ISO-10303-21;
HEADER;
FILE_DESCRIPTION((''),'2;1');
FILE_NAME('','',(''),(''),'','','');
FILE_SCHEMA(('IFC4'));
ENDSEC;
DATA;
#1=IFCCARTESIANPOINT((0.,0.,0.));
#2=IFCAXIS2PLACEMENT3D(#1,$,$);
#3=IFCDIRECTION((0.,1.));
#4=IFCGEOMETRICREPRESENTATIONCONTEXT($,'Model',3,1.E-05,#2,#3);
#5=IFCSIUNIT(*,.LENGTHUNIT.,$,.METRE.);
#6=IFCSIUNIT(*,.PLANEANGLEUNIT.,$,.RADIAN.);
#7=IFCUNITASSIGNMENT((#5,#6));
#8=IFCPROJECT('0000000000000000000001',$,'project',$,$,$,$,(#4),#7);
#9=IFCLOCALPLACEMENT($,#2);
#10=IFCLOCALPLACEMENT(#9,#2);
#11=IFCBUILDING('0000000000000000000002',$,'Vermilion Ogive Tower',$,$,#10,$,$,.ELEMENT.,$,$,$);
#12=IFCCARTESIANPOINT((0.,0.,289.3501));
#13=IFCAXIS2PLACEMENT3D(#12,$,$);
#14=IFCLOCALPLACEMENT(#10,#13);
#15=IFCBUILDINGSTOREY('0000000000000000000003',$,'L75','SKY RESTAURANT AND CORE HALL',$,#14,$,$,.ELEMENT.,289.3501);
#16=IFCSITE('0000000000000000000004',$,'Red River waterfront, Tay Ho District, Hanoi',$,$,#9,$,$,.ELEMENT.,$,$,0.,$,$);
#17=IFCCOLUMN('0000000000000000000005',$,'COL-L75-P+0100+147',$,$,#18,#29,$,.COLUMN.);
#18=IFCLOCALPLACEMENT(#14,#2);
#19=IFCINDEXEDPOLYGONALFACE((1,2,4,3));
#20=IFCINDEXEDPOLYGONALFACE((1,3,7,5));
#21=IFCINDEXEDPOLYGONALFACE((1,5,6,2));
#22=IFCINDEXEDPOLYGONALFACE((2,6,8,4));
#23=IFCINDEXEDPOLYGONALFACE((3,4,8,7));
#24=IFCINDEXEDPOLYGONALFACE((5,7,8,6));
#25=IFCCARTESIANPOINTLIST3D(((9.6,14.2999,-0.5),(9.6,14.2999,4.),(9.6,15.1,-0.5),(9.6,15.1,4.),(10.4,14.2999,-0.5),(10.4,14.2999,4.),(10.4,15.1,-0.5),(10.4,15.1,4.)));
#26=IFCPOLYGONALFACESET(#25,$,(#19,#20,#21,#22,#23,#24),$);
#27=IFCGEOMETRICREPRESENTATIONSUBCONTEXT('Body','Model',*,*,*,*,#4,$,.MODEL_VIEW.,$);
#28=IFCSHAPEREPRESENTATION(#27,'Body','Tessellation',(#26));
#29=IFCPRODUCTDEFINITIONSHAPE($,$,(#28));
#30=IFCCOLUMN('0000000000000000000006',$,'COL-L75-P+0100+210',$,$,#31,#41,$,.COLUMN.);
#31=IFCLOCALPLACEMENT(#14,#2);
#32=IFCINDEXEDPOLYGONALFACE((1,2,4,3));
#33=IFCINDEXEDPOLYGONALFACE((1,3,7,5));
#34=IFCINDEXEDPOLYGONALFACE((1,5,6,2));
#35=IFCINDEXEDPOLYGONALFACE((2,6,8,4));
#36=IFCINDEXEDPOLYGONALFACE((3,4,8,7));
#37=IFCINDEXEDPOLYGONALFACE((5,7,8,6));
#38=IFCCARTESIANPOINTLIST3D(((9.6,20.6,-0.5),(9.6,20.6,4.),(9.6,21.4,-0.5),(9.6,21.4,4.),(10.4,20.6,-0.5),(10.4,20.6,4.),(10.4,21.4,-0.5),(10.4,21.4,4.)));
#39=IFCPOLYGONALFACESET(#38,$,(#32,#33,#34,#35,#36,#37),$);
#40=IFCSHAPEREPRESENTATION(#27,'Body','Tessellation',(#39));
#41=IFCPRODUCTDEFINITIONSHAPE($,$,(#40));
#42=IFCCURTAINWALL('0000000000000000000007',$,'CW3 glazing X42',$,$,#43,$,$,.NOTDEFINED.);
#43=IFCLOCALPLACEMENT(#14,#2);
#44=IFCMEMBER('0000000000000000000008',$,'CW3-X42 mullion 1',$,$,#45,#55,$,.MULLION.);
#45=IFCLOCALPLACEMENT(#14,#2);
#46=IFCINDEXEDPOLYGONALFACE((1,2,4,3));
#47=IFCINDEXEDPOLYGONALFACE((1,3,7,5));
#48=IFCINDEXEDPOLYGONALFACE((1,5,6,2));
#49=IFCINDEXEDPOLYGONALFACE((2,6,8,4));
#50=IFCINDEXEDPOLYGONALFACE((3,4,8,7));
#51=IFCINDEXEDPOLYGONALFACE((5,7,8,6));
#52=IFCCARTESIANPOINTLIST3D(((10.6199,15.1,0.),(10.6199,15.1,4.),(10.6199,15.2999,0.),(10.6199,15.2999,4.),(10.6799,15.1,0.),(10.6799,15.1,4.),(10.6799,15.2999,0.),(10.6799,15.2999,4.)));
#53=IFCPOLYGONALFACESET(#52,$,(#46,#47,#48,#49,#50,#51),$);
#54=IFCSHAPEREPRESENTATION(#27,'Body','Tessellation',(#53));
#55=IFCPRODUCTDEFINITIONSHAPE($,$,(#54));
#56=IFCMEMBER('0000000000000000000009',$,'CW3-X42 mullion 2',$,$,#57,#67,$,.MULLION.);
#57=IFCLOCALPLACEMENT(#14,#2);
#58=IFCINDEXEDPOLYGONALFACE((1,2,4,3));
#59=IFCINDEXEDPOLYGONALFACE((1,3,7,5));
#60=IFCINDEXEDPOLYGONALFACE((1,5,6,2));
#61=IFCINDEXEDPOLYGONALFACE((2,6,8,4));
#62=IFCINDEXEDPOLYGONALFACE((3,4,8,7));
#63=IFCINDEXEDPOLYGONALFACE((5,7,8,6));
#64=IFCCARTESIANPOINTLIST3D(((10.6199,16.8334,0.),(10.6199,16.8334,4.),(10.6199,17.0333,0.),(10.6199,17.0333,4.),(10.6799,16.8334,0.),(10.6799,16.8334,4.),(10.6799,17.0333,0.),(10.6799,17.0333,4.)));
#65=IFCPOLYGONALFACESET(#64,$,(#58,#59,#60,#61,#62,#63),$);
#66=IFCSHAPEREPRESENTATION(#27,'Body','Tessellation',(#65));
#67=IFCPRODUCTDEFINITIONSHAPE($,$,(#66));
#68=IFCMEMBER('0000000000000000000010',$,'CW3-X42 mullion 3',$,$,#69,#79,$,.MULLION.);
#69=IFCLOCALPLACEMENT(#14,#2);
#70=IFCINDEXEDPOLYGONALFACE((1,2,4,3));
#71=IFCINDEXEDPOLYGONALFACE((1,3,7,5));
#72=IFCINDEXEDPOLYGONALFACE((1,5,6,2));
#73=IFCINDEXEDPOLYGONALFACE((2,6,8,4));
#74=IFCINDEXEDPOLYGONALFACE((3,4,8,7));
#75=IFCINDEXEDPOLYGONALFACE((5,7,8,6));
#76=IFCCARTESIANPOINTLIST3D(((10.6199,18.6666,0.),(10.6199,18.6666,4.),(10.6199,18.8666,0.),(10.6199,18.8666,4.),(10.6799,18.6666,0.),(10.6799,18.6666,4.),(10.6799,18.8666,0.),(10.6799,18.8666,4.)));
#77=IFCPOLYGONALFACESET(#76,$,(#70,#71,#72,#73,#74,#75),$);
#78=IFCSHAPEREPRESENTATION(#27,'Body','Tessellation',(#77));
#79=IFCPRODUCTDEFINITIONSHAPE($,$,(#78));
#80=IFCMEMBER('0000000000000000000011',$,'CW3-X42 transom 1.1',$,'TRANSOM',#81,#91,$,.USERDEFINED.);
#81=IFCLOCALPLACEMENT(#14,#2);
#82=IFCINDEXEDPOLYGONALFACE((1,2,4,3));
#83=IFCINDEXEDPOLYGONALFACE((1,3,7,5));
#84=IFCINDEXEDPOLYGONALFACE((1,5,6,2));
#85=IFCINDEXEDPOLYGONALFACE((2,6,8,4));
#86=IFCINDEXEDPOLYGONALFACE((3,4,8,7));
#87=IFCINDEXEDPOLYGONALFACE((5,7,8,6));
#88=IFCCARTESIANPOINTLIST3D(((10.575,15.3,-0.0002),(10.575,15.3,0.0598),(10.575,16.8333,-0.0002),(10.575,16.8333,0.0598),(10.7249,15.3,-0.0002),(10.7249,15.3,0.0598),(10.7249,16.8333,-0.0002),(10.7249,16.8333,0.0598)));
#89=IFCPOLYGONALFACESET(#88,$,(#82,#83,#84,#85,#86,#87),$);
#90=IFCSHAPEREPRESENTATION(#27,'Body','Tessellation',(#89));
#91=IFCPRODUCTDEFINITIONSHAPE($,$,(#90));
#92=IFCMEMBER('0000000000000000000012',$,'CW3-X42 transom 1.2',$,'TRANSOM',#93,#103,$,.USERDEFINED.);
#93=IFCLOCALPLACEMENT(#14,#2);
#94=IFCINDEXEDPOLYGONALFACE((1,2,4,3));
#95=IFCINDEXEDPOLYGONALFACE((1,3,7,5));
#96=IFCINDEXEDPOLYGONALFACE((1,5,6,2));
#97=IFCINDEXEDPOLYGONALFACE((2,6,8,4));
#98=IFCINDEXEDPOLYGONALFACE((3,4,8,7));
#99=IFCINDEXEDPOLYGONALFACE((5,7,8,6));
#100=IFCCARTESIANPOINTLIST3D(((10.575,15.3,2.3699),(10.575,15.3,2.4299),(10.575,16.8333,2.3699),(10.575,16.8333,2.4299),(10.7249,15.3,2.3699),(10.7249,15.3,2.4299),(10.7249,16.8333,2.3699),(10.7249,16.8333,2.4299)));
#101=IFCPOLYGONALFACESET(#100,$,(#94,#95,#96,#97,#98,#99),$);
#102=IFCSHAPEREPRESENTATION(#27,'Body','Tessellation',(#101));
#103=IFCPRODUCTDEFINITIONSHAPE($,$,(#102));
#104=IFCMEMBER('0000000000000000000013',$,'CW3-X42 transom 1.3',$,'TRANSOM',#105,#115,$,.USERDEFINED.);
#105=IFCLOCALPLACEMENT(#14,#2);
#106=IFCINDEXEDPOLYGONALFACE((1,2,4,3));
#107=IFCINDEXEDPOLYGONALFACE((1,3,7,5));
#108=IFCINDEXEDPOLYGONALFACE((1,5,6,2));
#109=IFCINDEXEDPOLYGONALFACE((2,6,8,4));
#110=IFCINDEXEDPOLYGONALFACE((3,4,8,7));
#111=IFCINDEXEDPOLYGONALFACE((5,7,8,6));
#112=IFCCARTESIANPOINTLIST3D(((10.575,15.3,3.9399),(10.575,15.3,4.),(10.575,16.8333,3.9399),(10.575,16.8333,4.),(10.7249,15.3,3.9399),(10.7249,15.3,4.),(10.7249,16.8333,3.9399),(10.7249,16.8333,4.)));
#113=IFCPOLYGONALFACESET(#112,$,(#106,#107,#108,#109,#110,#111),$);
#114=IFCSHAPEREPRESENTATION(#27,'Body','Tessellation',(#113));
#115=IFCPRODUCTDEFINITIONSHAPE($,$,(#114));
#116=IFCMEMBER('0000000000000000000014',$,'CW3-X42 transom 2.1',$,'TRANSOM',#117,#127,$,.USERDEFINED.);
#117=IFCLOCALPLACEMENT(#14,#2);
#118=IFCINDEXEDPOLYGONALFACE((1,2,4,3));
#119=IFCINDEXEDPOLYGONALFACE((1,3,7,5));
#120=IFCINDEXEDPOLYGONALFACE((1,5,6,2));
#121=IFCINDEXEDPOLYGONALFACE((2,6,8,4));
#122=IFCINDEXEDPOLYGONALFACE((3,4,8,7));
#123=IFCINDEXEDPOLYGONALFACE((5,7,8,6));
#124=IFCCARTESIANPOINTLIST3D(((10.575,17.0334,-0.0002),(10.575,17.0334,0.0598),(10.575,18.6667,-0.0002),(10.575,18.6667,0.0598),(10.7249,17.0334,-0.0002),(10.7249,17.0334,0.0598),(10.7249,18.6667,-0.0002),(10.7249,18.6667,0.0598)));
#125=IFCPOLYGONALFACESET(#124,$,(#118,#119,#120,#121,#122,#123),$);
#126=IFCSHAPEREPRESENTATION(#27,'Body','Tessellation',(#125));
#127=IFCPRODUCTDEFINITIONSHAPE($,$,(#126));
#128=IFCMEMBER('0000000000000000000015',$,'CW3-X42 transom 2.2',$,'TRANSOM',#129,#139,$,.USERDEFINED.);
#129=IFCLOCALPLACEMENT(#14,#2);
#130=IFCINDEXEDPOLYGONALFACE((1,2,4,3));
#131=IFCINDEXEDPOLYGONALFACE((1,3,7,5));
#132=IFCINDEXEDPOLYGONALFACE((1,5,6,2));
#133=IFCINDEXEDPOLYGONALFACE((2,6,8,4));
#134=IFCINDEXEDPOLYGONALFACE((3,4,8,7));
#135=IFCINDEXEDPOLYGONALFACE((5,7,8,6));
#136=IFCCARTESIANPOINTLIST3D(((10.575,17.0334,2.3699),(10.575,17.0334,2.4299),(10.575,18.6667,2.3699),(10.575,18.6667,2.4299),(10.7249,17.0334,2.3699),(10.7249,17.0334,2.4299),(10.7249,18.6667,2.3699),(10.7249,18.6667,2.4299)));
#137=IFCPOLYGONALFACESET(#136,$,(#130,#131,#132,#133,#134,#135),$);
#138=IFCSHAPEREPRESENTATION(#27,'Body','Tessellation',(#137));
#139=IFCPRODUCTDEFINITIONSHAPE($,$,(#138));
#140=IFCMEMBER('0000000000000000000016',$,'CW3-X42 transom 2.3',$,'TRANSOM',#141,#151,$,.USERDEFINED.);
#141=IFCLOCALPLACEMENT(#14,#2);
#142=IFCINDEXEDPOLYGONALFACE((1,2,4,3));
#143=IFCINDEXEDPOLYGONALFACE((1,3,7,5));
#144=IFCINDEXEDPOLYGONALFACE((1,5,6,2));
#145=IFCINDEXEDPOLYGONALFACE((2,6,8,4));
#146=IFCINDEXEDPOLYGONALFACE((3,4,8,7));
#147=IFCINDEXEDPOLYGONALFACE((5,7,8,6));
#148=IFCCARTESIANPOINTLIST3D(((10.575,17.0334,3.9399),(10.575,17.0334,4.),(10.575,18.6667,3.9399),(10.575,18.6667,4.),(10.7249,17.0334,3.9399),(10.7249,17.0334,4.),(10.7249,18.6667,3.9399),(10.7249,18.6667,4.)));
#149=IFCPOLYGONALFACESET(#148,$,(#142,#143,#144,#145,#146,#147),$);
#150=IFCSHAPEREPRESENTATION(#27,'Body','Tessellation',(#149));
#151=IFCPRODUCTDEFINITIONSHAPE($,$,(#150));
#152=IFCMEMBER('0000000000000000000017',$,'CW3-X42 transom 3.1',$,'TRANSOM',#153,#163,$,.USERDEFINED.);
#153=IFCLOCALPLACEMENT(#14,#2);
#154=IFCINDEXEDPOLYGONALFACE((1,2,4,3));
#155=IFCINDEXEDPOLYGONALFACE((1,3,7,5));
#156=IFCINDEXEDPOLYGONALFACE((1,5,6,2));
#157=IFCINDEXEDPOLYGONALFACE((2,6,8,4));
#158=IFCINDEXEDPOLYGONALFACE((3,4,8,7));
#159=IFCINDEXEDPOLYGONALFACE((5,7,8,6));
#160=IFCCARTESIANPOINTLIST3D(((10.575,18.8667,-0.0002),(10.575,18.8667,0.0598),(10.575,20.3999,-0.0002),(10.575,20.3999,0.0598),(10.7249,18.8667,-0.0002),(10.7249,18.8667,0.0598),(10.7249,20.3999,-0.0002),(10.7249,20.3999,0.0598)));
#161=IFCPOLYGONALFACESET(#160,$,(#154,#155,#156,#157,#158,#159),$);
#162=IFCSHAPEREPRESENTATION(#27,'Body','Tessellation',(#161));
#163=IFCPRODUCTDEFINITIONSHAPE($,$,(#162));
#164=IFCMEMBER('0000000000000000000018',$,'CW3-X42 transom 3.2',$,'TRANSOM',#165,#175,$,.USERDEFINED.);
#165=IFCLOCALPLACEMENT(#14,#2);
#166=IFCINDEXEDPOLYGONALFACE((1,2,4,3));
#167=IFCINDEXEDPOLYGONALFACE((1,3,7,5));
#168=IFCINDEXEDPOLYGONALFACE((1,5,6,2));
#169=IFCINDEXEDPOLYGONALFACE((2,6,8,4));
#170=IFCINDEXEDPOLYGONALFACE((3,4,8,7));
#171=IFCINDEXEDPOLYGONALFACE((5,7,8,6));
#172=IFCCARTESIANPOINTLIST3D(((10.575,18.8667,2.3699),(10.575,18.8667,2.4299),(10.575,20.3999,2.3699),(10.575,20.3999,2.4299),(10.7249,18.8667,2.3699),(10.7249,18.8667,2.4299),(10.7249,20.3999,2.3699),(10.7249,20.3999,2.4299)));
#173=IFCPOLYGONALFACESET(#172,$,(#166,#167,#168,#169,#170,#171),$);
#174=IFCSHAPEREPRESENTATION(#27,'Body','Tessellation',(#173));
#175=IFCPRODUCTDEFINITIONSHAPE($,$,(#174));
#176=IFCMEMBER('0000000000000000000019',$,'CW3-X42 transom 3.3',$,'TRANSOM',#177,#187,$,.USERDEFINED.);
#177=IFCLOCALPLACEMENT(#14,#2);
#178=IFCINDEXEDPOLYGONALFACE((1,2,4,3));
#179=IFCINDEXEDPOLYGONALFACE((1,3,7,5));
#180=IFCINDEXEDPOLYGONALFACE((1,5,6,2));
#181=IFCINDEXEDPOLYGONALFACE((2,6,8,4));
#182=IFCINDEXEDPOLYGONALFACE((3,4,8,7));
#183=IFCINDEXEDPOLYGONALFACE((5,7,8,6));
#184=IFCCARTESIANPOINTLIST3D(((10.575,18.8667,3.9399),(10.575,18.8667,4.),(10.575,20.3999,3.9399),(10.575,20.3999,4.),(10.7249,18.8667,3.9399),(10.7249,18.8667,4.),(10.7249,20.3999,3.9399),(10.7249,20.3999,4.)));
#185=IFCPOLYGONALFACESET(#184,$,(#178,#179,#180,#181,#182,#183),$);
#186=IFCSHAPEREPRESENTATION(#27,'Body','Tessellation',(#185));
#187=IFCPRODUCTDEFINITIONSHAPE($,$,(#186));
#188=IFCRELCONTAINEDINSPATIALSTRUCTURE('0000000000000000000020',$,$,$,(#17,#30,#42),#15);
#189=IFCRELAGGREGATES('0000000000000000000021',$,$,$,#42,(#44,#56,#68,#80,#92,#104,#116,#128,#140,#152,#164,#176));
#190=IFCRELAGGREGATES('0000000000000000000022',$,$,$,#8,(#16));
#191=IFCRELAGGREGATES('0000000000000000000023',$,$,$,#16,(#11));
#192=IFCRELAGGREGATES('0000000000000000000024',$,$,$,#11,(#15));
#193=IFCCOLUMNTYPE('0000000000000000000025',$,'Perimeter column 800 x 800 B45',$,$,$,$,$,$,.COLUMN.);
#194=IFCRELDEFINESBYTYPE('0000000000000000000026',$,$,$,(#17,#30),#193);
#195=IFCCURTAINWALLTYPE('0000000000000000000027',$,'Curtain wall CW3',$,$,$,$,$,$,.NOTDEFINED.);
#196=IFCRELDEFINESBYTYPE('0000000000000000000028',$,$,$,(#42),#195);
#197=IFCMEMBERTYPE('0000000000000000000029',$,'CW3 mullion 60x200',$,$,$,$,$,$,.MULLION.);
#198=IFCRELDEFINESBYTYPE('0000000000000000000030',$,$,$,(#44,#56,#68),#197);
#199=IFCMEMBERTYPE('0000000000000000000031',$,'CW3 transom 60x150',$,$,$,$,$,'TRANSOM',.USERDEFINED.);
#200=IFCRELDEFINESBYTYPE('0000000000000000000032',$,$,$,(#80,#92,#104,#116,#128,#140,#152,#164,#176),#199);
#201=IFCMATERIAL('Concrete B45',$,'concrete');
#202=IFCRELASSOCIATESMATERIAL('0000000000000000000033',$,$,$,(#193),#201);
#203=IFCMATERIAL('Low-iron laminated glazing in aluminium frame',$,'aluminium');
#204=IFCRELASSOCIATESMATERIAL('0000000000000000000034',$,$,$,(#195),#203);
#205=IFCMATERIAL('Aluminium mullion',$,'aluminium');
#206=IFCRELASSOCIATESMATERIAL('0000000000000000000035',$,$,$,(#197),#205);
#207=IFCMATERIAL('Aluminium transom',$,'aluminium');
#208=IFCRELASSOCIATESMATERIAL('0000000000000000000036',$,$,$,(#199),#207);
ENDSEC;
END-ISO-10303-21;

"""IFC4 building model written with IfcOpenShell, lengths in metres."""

from ifc_helpers import new_model, si_unit, direction, frame, origin, origin_2d, place, context, subcontext, project, spatial, rectangle, extrude, material, material_profile, profile_set, type_object, element, aggregate, save


model = new_model("IFC4")

# Units and contexts
model_context = context("Model", 3, precision=1e-05, world=origin(), true_north=direction((0.0, 1.0)))
body_context = subcontext(model_context, "Body", "Model", "MODEL_VIEW")
ifc_project = project(units=[si_unit("LENGTHUNIT", "METRE"), si_unit("PLANEANGLEUNIT", "RADIAN")], contexts=[model_context])

# Site, building, storey
site_placement = place(None, origin())
site = spatial("IfcSite", under=ifc_project, at=site_placement, Name="Red River waterfront, Tay Ho District, Hanoi", CompositionType="ELEMENT", RefElevation=0.0)
building_placement = place(site_placement, origin())
building = spatial("IfcBuilding", under=site, at=building_placement, Name="Vermilion Ogive Tower", CompositionType="ELEMENT")
storey_placement = place(building_placement, frame((0.0, 0.0, 289.3501)))
storey = spatial("IfcBuildingStorey", under=building, at=storey_placement, Name="L75", Description="SKY RESTAURANT AND CORE HALL", CompositionType="ELEMENT", Elevation=289.3501)

# Columns
ifc_material_1 = material(Name="Concrete B45", Category="concrete")
ifc_material_profile_1 = material_profile(ifc_material_1, rectangle(XDim=0.8, YDim=0.8, at=origin_2d()), Name="800 x 800")
ifc_profile_set_1 = profile_set([ifc_material_profile_1], Name="Concrete B45")
column_type = type_object("IfcColumnType", Name="Perimeter column 800 x 800 B45", PredefinedType="COLUMN", material=ifc_profile_set_1)
for number, where, z_axis, x_axis, name in (
    (1, (10.0, 14.7, -0.5), (0.0, 0.0, 1.0), (1.0, 0.0, 0.0), "COL-L75-P+0100+147"),
    (2, (10.0, 21.0, -0.5), (0.0, 0.0, 1.0), (1.0, 0.0, 0.0), "COL-L75-P+0100+210"),
):
    element("IfcColumn", number, at=place(storey_placement, frame(where, z_axis=z_axis, x_axis=x_axis)), inside=storey, type_object=column_type, Name=name, PredefinedType="COLUMN", context=body_context, shape_type="SweptSolid", body=[
        extrude(rectangle(XDim=0.8, YDim=0.8, at=origin_2d()), origin(), (0.0, 0.0, 1.0), 4.5),
    ])

# Curtain wall, members
ifc_material_2 = material(Name="Low-iron laminated glazing in aluminium frame", Category="aluminium")
curtain_wall_type = type_object("IfcCurtainWallType", Name="Curtain wall CW3", PredefinedType="NOTDEFINED", material=ifc_material_2)
curtain_wall_placement = place(storey_placement, origin())
curtain_wall = element("IfcCurtainWall", 3, at=curtain_wall_placement, inside=storey, type_object=curtain_wall_type, Name="CW3 glazing X42", PredefinedType="NOTDEFINED")
ifc_material_3 = material(Name="Aluminium mullion", Category="aluminium")
ifc_material_profile_2 = material_profile(ifc_material_3, rectangle(XDim=0.0601, YDim=0.2, at=origin_2d()), Name="AL 60x200")
ifc_profile_set_2 = profile_set([ifc_material_profile_2], Name="Aluminium mullion")
member_type_1 = type_object("IfcMemberType", Name="CW3 mullion 60x200", PredefinedType="MULLION", material=ifc_profile_set_2)
member_1_placement = place(storey_placement, frame((10.6499, 15.2, 0.0), z_axis=(0.0, 0.0, 1.0), x_axis=(-1.0, 0.0, 0.0)))
member_1 = element("IfcMember", 4, at=member_1_placement, type_object=member_type_1, Name="CW3-X42 mullion 1", PredefinedType="MULLION", context=body_context, shape_type="SweptSolid", body=[
    extrude(rectangle(XDim=0.0601, YDim=0.2, at=origin_2d()), origin(), (0.0, 0.0, 1.0), 4.0),
])
member_2_placement = place(storey_placement, frame((10.6499, 16.9333, 0.0), z_axis=(0.0, 0.0, 1.0), x_axis=(-1.0, 0.0, 0.0)))
member_2 = element("IfcMember", 5, at=member_2_placement, type_object=member_type_1, Name="CW3-X42 mullion 2", PredefinedType="MULLION", context=body_context, shape_type="SweptSolid", body=[
    extrude(rectangle(XDim=0.0601, YDim=0.2, at=origin_2d()), origin(), (0.0, 0.0, 1.0), 4.0),
])
member_3_placement = place(storey_placement, frame((10.6499, 18.7666, 0.0), z_axis=(0.0, 0.0, 1.0), x_axis=(-1.0, 0.0, 0.0)))
member_3 = element("IfcMember", 6, at=member_3_placement, type_object=member_type_1, Name="CW3-X42 mullion 3", PredefinedType="MULLION", context=body_context, shape_type="SweptSolid", body=[
    extrude(rectangle(XDim=0.0601, YDim=0.2, at=origin_2d()), origin(), (0.0, 0.0, 1.0), 4.0),
])
ifc_material_4 = material(Name="Aluminium transom", Category="aluminium")
ifc_material_profile_3 = material_profile(ifc_material_4, rectangle(XDim=0.1499, YDim=0.0601, at=origin_2d()), Name="AL 60x150")
ifc_profile_set_3 = profile_set([ifc_material_profile_3], Name="Aluminium transom")
member_type_2 = type_object("IfcMemberType", Name="CW3 transom 60x150", ElementType="TRANSOM", PredefinedType="USERDEFINED", material=ifc_profile_set_3)
member_4_placement = place(storey_placement, frame((10.6499, 15.3, 0.0298), z_axis=(0.0, 1.0, 0.0), x_axis=(-1.0, 0.0, 0.0)))
member_4 = element("IfcMember", 7, at=member_4_placement, type_object=member_type_2, Name="CW3-X42 transom 1.1", ObjectType="TRANSOM", PredefinedType="USERDEFINED", context=body_context, shape_type="SweptSolid", body=[
    extrude(rectangle(XDim=0.1499, YDim=0.0601, at=origin_2d()), origin(), (0.0, 0.0, 1.0), 1.5332),
])
member_5_placement = place(storey_placement, frame((10.6499, 15.3, 2.3999), z_axis=(0.0, 1.0, 0.0), x_axis=(-1.0, 0.0, 0.0)))
member_5 = element("IfcMember", 8, at=member_5_placement, type_object=member_type_2, Name="CW3-X42 transom 1.2", ObjectType="TRANSOM", PredefinedType="USERDEFINED", context=body_context, shape_type="SweptSolid", body=[
    extrude(rectangle(XDim=0.1499, YDim=0.0601, at=origin_2d()), origin(), (0.0, 0.0, 1.0), 1.5332),
])
member_6_placement = place(storey_placement, frame((10.6499, 15.3, 3.97), z_axis=(0.0, 1.0, 0.0), x_axis=(-1.0, 0.0, 0.0)))
member_6 = element("IfcMember", 9, at=member_6_placement, type_object=member_type_2, Name="CW3-X42 transom 1.3", ObjectType="TRANSOM", PredefinedType="USERDEFINED", context=body_context, shape_type="SweptSolid", body=[
    extrude(rectangle(XDim=0.1499, YDim=0.0601, at=origin_2d()), origin(), (0.0, 0.0, 1.0), 1.5332),
])
member_7_placement = place(storey_placement, frame((10.6499, 17.0334, 0.0298), z_axis=(0.0, 1.0, 0.0), x_axis=(-1.0, 0.0, 0.0)))
member_7 = element("IfcMember", 10, at=member_7_placement, type_object=member_type_2, Name="CW3-X42 transom 2.1", ObjectType="TRANSOM", PredefinedType="USERDEFINED", context=body_context, shape_type="SweptSolid", body=[
    extrude(rectangle(XDim=0.1499, YDim=0.0601, at=origin_2d()), origin(), (0.0, 0.0, 1.0), 1.6333),
])
member_8_placement = place(storey_placement, frame((10.6499, 17.0334, 2.3999), z_axis=(0.0, 1.0, 0.0), x_axis=(-1.0, 0.0, 0.0)))
member_8 = element("IfcMember", 11, at=member_8_placement, type_object=member_type_2, Name="CW3-X42 transom 2.2", ObjectType="TRANSOM", PredefinedType="USERDEFINED", context=body_context, shape_type="SweptSolid", body=[
    extrude(rectangle(XDim=0.1499, YDim=0.0601, at=origin_2d()), origin(), (0.0, 0.0, 1.0), 1.6333),
])
member_9_placement = place(storey_placement, frame((10.6499, 17.0334, 3.97), z_axis=(0.0, 1.0, 0.0), x_axis=(-1.0, 0.0, 0.0)))
member_9 = element("IfcMember", 12, at=member_9_placement, type_object=member_type_2, Name="CW3-X42 transom 2.3", ObjectType="TRANSOM", PredefinedType="USERDEFINED", context=body_context, shape_type="SweptSolid", body=[
    extrude(rectangle(XDim=0.1499, YDim=0.0601, at=origin_2d()), origin(), (0.0, 0.0, 1.0), 1.6333),
])
member_10_placement = place(storey_placement, frame((10.6499, 18.8667, 0.0298), z_axis=(0.0, 1.0, 0.0), x_axis=(-1.0, 0.0, 0.0)))
member_10 = element("IfcMember", 13, at=member_10_placement, type_object=member_type_2, Name="CW3-X42 transom 3.1", ObjectType="TRANSOM", PredefinedType="USERDEFINED", context=body_context, shape_type="SweptSolid", body=[
    extrude(rectangle(XDim=0.1499, YDim=0.0601, at=origin_2d()), origin(), (0.0, 0.0, 1.0), 1.5332),
])
member_11_placement = place(storey_placement, frame((10.6499, 18.8667, 2.3999), z_axis=(0.0, 1.0, 0.0), x_axis=(-1.0, 0.0, 0.0)))
member_11 = element("IfcMember", 14, at=member_11_placement, type_object=member_type_2, Name="CW3-X42 transom 3.2", ObjectType="TRANSOM", PredefinedType="USERDEFINED", context=body_context, shape_type="SweptSolid", body=[
    extrude(rectangle(XDim=0.1499, YDim=0.0601, at=origin_2d()), origin(), (0.0, 0.0, 1.0), 1.5332),
])
member_12_placement = place(storey_placement, frame((10.6499, 18.8667, 3.97), z_axis=(0.0, 1.0, 0.0), x_axis=(-1.0, 0.0, 0.0)))
member_12 = element("IfcMember", 15, at=member_12_placement, type_object=member_type_2, Name="CW3-X42 transom 3.3", ObjectType="TRANSOM", PredefinedType="USERDEFINED", context=body_context, shape_type="SweptSolid", body=[
    extrude(rectangle(XDim=0.1499, YDim=0.0601, at=origin_2d()), origin(), (0.0, 0.0, 1.0), 1.5332),
])
aggregate(curtain_wall, [member_1, member_2, member_3, member_4, member_5, member_6, member_7, member_8, member_9, member_10, member_11, member_12])

save(model, "model.ifc")
